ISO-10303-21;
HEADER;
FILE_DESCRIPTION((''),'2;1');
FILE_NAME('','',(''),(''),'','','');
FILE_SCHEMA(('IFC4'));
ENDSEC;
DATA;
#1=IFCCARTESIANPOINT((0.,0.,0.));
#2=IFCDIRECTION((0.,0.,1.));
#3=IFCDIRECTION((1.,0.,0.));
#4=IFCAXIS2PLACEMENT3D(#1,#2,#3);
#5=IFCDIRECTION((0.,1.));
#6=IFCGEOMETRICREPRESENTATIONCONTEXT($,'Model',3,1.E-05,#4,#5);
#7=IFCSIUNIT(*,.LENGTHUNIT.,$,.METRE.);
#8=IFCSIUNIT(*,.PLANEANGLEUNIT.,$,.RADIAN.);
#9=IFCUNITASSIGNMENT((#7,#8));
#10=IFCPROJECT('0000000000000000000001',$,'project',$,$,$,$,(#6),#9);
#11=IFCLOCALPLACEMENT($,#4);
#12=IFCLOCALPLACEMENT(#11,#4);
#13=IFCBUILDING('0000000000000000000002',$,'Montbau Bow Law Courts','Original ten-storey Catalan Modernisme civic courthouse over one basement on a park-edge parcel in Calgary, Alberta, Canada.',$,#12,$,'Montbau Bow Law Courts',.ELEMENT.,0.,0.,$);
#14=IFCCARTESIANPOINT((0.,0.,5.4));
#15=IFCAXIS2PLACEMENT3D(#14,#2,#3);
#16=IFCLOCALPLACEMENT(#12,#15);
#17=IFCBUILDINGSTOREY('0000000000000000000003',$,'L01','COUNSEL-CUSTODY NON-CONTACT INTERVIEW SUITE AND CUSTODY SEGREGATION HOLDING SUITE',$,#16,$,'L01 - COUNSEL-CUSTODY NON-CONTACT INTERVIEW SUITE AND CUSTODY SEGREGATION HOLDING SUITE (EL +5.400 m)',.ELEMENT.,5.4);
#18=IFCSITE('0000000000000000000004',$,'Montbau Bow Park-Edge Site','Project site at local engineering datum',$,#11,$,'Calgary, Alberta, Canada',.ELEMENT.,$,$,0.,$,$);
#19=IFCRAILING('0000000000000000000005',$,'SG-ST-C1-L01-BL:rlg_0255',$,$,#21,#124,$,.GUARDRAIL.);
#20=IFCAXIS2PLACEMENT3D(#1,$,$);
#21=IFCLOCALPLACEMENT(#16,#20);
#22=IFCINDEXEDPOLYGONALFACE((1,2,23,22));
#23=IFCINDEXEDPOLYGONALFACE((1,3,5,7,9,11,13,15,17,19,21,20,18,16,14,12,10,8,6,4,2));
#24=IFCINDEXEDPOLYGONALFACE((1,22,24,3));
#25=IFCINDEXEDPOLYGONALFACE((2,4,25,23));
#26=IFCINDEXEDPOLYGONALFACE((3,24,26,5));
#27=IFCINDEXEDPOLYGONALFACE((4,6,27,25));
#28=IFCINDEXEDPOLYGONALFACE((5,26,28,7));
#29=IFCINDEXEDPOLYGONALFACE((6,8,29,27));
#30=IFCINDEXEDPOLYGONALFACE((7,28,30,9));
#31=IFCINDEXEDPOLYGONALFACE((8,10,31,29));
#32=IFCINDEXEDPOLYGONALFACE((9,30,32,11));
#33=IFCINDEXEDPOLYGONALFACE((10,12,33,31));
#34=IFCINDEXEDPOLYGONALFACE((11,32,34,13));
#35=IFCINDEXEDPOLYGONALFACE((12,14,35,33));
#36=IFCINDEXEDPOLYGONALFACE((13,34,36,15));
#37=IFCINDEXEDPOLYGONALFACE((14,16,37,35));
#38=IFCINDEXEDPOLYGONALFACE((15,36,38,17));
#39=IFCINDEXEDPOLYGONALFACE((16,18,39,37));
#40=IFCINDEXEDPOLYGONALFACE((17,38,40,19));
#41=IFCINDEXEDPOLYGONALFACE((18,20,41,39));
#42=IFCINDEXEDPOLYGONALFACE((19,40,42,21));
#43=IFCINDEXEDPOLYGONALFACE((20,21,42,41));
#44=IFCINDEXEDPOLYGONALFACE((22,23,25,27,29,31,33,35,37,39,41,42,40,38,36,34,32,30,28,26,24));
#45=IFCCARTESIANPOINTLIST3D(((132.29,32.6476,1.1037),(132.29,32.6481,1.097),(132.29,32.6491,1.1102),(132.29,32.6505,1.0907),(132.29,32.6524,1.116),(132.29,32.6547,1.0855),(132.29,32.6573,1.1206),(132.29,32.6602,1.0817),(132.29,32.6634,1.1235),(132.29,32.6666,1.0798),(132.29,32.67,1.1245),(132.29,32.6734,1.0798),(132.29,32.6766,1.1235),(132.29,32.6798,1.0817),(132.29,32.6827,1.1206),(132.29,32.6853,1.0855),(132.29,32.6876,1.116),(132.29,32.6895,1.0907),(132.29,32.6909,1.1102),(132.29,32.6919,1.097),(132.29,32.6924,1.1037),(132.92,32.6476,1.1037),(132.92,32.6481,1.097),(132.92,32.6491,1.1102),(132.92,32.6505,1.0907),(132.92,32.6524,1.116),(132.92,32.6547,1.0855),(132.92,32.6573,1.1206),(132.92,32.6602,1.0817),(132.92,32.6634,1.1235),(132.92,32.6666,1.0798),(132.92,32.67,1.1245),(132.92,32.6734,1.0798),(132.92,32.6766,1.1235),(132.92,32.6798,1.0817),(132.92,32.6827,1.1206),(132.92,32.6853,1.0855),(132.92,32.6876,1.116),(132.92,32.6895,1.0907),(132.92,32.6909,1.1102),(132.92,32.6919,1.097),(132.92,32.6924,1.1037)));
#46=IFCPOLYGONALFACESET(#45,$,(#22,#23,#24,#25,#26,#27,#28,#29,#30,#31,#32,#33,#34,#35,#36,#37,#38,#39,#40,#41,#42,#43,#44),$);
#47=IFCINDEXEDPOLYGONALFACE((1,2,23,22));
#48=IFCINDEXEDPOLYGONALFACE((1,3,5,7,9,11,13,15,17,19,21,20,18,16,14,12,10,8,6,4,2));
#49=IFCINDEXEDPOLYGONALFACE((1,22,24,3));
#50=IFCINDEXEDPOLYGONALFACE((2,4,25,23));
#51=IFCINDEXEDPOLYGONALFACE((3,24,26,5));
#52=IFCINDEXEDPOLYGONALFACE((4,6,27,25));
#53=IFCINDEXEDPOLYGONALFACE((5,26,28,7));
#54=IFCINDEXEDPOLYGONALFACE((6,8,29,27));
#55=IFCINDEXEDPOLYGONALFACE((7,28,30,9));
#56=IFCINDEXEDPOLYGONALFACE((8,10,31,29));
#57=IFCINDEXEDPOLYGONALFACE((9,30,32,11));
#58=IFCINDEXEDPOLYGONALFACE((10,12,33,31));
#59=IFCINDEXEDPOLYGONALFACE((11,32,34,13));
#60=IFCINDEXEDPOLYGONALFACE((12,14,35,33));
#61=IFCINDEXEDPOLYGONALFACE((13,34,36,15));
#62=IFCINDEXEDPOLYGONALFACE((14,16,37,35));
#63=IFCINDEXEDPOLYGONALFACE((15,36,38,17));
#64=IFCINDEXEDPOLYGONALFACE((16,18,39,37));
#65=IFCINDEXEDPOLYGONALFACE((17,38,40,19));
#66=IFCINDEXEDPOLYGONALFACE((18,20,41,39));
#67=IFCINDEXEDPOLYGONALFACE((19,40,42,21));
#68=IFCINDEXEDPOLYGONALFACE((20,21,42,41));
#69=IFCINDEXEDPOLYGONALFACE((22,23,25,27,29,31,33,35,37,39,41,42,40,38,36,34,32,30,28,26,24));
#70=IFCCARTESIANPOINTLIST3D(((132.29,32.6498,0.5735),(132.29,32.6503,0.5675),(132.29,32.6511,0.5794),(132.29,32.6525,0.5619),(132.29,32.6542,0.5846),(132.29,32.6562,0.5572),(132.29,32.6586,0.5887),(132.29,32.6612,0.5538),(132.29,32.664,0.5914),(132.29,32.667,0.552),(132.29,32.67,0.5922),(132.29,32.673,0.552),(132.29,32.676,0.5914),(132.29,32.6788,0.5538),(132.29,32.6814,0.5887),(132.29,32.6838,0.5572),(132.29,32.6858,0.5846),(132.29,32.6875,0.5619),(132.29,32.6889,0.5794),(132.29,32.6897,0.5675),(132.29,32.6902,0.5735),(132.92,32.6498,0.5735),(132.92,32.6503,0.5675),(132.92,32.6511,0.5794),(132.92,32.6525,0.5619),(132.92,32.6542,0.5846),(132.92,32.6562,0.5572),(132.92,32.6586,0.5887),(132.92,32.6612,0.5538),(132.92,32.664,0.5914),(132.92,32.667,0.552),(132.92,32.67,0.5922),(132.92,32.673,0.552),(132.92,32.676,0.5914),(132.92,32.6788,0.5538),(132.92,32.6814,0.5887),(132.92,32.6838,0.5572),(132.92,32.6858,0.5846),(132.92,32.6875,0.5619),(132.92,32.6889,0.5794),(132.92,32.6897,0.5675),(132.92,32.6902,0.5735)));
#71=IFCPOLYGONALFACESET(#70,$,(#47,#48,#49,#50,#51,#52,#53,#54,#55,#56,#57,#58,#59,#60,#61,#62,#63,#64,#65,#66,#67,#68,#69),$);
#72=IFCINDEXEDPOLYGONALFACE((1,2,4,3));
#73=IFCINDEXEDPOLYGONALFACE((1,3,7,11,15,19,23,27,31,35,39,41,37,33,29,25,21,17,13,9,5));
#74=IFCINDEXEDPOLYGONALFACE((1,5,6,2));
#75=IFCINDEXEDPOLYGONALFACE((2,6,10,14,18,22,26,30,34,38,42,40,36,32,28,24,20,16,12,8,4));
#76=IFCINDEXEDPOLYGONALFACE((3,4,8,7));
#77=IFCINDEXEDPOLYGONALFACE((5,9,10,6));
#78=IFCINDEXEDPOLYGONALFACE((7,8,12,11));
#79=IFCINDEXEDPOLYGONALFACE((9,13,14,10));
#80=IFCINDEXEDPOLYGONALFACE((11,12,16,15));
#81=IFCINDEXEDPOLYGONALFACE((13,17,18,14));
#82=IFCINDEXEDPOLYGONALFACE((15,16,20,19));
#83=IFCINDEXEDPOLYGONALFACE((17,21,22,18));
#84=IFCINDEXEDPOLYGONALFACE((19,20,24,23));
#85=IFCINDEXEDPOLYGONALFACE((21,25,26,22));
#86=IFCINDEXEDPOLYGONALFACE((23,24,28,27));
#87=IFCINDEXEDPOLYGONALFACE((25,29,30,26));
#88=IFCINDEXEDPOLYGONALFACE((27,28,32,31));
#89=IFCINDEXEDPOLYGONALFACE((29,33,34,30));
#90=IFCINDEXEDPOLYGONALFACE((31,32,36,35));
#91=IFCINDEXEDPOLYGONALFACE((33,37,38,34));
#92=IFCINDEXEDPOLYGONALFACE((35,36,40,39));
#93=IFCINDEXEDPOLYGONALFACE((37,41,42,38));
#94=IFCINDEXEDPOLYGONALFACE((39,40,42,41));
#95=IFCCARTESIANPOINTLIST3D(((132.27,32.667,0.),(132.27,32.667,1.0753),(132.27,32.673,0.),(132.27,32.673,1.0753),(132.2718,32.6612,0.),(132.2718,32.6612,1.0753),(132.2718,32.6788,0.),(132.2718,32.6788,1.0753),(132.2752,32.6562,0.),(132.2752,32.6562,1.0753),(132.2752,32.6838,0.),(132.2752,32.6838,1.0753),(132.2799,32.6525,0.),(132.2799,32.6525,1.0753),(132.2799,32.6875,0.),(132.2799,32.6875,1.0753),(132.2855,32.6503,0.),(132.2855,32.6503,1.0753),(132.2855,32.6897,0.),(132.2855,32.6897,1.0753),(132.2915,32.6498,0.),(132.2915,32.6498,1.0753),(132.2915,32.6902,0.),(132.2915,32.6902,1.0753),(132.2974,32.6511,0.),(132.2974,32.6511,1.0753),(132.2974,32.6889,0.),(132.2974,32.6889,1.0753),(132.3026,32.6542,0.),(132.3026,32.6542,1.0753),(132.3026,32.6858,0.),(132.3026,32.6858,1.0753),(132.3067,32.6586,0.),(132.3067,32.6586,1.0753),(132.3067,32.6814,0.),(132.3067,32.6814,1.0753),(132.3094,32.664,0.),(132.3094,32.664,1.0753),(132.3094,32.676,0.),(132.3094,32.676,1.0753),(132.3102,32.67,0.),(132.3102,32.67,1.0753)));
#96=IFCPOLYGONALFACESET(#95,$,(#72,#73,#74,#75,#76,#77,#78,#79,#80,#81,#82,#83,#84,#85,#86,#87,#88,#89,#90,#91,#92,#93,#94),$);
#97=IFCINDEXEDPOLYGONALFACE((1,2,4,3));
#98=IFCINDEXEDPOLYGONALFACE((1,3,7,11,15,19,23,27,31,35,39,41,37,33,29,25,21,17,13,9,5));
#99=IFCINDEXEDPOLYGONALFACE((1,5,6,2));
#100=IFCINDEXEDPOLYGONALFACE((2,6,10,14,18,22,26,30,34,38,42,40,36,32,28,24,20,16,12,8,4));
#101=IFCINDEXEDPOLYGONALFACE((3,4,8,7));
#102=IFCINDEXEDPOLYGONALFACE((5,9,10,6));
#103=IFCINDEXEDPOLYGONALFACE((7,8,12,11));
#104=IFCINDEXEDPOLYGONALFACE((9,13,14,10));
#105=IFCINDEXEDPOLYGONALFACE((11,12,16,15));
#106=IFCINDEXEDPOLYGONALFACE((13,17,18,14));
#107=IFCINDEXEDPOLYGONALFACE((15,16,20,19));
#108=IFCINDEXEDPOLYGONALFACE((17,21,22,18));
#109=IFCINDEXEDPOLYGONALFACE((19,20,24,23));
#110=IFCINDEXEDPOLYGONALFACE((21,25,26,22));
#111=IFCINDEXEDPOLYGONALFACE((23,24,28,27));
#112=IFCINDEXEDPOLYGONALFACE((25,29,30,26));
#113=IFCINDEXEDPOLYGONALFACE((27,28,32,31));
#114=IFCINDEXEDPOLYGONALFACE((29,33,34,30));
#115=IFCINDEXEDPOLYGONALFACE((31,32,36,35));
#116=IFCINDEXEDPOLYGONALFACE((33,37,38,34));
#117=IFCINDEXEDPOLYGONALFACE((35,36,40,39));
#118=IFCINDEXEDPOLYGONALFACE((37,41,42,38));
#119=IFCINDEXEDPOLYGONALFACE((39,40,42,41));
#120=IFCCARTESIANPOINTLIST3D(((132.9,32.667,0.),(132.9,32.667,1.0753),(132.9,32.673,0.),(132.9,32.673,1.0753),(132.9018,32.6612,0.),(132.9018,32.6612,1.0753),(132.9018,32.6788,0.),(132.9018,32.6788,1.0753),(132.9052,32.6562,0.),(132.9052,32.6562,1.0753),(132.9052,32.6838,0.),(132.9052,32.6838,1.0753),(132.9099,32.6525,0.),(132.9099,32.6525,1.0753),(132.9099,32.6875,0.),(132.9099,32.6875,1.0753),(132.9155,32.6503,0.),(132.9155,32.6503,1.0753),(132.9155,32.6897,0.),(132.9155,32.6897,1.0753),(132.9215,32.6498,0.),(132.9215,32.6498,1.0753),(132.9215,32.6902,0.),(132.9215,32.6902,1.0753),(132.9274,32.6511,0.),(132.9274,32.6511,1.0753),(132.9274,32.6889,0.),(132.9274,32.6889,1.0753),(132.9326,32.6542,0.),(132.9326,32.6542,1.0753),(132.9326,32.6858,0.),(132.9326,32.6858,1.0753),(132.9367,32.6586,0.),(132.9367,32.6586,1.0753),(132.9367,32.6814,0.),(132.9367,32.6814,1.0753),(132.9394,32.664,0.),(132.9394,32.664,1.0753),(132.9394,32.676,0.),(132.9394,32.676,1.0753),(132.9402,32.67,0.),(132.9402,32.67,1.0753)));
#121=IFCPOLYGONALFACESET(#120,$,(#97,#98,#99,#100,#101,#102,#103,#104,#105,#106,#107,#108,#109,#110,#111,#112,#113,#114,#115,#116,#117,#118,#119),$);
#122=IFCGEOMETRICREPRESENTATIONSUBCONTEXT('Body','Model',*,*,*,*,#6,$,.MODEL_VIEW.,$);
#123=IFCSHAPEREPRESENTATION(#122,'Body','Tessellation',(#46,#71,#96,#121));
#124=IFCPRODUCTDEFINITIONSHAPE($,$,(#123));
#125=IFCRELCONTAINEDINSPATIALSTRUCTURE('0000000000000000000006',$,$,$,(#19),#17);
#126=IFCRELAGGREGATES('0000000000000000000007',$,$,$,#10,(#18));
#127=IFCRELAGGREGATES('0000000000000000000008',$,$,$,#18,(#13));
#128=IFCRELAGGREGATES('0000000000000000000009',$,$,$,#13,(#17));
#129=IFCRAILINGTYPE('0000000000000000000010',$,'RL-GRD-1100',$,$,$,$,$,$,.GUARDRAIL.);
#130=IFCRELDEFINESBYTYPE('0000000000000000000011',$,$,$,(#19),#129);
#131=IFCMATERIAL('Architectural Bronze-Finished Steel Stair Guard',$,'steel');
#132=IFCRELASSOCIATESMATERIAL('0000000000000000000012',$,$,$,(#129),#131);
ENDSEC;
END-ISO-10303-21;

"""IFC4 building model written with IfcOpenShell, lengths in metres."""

from ifc_helpers import new_model, si_unit, direction, frame, origin_with_axes, origin_2d_with_axis, place, context, subcontext, project, spatial, circle, extrude, material, type_object, element, save


model = new_model("IFC4")

# Units and contexts
model_context = context("Model", 3, precision=1e-05, world=origin_with_axes(), true_north=direction((0.0, 1.0)))
body_context = subcontext(model_context, "Body", "Model", "MODEL_VIEW")
ifc_project = project(units=[si_unit("LENGTHUNIT", "METRE"), si_unit("PLANEANGLEUNIT", "RADIAN")], contexts=[model_context])

# Site, building, storey
site_placement = place(None, origin_with_axes())
site = spatial("IfcSite", under=ifc_project, at=site_placement, Name="Montbau Bow Park-Edge Site", Description="Project site at local engineering datum", LongName="Calgary, Alberta, Canada", CompositionType="ELEMENT", RefElevation=0.0)
building_placement = place(site_placement, origin_with_axes())
building = spatial("IfcBuilding", under=site, at=building_placement, Name="Montbau Bow Law Courts", Description="Original ten-storey Catalan Modernisme civic courthouse over one basement on a park-edge parcel in Calgary, Alberta, Canada.", LongName="Montbau Bow Law Courts", CompositionType="ELEMENT", ElevationOfRefHeight=0.0, ElevationOfTerrain=0.0)
storey_placement = place(building_placement, frame((0.0, 0.0, 5.4), z_axis=(0.0, 0.0, 1.0), x_axis=(1.0, 0.0, 0.0)))
storey = spatial("IfcBuildingStorey", under=building, at=storey_placement, Name="L01", Description="COUNSEL-CUSTODY NON-CONTACT INTERVIEW SUITE AND CUSTODY SEGREGATION HOLDING SUITE", LongName="L01 - COUNSEL-CUSTODY NON-CONTACT INTERVIEW SUITE AND CUSTODY SEGREGATION HOLDING SUITE (EL +5.400 m)", CompositionType="ELEMENT", Elevation=5.4)

# Railing
ifc_material_1 = material(Name="Architectural Bronze-Finished Steel Stair Guard", Category="steel")
railing_type_1 = type_object("IfcRailingType", Name="RL-GRD-1100", PredefinedType="GUARDRAIL", material=ifc_material_1)
railing_1_placement = place(None, origin_with_axes())
element("IfcRailing", 1, at=railing_1_placement, inside=storey, type_object=railing_type_1, Name="SG-ST-C1-L01-BL:rlg_0255", PredefinedType="GUARDRAIL", context=body_context, shape_type="SweptSolid", body=[
    extrude(circle(Radius=0.0225, at=origin_2d_with_axis()), frame((132.29, 32.67, 6.502), z_axis=(1.0, 0.0, 0.0), x_axis=(0.0, 0.0, 1.0)), (0.0, 0.0, 1.0), 0.63),
    extrude(circle(Radius=0.0203, at=origin_2d_with_axis()), frame((132.29, 32.67, 5.972), z_axis=(1.0, 0.0, 0.0), x_axis=(0.0, 0.0, 1.0)), (0.0, 0.0, 1.0), 0.63),
    extrude(circle(Radius=0.0203, at=origin_2d_with_axis()), frame((132.29, 32.67, 5.4), z_axis=(0.0, 0.0, 1.0), x_axis=(1.0, 0.0, 0.0)), (0.0, 0.0, 1.0), 1.0753),
    extrude(circle(Radius=0.0203, at=origin_2d_with_axis()), frame((132.92, 32.67, 5.4), z_axis=(0.0, 0.0, 1.0), x_axis=(1.0, 0.0, 0.0)), (0.0, 0.0, 1.0), 1.0753),
])

save(model, "model.ifc")
